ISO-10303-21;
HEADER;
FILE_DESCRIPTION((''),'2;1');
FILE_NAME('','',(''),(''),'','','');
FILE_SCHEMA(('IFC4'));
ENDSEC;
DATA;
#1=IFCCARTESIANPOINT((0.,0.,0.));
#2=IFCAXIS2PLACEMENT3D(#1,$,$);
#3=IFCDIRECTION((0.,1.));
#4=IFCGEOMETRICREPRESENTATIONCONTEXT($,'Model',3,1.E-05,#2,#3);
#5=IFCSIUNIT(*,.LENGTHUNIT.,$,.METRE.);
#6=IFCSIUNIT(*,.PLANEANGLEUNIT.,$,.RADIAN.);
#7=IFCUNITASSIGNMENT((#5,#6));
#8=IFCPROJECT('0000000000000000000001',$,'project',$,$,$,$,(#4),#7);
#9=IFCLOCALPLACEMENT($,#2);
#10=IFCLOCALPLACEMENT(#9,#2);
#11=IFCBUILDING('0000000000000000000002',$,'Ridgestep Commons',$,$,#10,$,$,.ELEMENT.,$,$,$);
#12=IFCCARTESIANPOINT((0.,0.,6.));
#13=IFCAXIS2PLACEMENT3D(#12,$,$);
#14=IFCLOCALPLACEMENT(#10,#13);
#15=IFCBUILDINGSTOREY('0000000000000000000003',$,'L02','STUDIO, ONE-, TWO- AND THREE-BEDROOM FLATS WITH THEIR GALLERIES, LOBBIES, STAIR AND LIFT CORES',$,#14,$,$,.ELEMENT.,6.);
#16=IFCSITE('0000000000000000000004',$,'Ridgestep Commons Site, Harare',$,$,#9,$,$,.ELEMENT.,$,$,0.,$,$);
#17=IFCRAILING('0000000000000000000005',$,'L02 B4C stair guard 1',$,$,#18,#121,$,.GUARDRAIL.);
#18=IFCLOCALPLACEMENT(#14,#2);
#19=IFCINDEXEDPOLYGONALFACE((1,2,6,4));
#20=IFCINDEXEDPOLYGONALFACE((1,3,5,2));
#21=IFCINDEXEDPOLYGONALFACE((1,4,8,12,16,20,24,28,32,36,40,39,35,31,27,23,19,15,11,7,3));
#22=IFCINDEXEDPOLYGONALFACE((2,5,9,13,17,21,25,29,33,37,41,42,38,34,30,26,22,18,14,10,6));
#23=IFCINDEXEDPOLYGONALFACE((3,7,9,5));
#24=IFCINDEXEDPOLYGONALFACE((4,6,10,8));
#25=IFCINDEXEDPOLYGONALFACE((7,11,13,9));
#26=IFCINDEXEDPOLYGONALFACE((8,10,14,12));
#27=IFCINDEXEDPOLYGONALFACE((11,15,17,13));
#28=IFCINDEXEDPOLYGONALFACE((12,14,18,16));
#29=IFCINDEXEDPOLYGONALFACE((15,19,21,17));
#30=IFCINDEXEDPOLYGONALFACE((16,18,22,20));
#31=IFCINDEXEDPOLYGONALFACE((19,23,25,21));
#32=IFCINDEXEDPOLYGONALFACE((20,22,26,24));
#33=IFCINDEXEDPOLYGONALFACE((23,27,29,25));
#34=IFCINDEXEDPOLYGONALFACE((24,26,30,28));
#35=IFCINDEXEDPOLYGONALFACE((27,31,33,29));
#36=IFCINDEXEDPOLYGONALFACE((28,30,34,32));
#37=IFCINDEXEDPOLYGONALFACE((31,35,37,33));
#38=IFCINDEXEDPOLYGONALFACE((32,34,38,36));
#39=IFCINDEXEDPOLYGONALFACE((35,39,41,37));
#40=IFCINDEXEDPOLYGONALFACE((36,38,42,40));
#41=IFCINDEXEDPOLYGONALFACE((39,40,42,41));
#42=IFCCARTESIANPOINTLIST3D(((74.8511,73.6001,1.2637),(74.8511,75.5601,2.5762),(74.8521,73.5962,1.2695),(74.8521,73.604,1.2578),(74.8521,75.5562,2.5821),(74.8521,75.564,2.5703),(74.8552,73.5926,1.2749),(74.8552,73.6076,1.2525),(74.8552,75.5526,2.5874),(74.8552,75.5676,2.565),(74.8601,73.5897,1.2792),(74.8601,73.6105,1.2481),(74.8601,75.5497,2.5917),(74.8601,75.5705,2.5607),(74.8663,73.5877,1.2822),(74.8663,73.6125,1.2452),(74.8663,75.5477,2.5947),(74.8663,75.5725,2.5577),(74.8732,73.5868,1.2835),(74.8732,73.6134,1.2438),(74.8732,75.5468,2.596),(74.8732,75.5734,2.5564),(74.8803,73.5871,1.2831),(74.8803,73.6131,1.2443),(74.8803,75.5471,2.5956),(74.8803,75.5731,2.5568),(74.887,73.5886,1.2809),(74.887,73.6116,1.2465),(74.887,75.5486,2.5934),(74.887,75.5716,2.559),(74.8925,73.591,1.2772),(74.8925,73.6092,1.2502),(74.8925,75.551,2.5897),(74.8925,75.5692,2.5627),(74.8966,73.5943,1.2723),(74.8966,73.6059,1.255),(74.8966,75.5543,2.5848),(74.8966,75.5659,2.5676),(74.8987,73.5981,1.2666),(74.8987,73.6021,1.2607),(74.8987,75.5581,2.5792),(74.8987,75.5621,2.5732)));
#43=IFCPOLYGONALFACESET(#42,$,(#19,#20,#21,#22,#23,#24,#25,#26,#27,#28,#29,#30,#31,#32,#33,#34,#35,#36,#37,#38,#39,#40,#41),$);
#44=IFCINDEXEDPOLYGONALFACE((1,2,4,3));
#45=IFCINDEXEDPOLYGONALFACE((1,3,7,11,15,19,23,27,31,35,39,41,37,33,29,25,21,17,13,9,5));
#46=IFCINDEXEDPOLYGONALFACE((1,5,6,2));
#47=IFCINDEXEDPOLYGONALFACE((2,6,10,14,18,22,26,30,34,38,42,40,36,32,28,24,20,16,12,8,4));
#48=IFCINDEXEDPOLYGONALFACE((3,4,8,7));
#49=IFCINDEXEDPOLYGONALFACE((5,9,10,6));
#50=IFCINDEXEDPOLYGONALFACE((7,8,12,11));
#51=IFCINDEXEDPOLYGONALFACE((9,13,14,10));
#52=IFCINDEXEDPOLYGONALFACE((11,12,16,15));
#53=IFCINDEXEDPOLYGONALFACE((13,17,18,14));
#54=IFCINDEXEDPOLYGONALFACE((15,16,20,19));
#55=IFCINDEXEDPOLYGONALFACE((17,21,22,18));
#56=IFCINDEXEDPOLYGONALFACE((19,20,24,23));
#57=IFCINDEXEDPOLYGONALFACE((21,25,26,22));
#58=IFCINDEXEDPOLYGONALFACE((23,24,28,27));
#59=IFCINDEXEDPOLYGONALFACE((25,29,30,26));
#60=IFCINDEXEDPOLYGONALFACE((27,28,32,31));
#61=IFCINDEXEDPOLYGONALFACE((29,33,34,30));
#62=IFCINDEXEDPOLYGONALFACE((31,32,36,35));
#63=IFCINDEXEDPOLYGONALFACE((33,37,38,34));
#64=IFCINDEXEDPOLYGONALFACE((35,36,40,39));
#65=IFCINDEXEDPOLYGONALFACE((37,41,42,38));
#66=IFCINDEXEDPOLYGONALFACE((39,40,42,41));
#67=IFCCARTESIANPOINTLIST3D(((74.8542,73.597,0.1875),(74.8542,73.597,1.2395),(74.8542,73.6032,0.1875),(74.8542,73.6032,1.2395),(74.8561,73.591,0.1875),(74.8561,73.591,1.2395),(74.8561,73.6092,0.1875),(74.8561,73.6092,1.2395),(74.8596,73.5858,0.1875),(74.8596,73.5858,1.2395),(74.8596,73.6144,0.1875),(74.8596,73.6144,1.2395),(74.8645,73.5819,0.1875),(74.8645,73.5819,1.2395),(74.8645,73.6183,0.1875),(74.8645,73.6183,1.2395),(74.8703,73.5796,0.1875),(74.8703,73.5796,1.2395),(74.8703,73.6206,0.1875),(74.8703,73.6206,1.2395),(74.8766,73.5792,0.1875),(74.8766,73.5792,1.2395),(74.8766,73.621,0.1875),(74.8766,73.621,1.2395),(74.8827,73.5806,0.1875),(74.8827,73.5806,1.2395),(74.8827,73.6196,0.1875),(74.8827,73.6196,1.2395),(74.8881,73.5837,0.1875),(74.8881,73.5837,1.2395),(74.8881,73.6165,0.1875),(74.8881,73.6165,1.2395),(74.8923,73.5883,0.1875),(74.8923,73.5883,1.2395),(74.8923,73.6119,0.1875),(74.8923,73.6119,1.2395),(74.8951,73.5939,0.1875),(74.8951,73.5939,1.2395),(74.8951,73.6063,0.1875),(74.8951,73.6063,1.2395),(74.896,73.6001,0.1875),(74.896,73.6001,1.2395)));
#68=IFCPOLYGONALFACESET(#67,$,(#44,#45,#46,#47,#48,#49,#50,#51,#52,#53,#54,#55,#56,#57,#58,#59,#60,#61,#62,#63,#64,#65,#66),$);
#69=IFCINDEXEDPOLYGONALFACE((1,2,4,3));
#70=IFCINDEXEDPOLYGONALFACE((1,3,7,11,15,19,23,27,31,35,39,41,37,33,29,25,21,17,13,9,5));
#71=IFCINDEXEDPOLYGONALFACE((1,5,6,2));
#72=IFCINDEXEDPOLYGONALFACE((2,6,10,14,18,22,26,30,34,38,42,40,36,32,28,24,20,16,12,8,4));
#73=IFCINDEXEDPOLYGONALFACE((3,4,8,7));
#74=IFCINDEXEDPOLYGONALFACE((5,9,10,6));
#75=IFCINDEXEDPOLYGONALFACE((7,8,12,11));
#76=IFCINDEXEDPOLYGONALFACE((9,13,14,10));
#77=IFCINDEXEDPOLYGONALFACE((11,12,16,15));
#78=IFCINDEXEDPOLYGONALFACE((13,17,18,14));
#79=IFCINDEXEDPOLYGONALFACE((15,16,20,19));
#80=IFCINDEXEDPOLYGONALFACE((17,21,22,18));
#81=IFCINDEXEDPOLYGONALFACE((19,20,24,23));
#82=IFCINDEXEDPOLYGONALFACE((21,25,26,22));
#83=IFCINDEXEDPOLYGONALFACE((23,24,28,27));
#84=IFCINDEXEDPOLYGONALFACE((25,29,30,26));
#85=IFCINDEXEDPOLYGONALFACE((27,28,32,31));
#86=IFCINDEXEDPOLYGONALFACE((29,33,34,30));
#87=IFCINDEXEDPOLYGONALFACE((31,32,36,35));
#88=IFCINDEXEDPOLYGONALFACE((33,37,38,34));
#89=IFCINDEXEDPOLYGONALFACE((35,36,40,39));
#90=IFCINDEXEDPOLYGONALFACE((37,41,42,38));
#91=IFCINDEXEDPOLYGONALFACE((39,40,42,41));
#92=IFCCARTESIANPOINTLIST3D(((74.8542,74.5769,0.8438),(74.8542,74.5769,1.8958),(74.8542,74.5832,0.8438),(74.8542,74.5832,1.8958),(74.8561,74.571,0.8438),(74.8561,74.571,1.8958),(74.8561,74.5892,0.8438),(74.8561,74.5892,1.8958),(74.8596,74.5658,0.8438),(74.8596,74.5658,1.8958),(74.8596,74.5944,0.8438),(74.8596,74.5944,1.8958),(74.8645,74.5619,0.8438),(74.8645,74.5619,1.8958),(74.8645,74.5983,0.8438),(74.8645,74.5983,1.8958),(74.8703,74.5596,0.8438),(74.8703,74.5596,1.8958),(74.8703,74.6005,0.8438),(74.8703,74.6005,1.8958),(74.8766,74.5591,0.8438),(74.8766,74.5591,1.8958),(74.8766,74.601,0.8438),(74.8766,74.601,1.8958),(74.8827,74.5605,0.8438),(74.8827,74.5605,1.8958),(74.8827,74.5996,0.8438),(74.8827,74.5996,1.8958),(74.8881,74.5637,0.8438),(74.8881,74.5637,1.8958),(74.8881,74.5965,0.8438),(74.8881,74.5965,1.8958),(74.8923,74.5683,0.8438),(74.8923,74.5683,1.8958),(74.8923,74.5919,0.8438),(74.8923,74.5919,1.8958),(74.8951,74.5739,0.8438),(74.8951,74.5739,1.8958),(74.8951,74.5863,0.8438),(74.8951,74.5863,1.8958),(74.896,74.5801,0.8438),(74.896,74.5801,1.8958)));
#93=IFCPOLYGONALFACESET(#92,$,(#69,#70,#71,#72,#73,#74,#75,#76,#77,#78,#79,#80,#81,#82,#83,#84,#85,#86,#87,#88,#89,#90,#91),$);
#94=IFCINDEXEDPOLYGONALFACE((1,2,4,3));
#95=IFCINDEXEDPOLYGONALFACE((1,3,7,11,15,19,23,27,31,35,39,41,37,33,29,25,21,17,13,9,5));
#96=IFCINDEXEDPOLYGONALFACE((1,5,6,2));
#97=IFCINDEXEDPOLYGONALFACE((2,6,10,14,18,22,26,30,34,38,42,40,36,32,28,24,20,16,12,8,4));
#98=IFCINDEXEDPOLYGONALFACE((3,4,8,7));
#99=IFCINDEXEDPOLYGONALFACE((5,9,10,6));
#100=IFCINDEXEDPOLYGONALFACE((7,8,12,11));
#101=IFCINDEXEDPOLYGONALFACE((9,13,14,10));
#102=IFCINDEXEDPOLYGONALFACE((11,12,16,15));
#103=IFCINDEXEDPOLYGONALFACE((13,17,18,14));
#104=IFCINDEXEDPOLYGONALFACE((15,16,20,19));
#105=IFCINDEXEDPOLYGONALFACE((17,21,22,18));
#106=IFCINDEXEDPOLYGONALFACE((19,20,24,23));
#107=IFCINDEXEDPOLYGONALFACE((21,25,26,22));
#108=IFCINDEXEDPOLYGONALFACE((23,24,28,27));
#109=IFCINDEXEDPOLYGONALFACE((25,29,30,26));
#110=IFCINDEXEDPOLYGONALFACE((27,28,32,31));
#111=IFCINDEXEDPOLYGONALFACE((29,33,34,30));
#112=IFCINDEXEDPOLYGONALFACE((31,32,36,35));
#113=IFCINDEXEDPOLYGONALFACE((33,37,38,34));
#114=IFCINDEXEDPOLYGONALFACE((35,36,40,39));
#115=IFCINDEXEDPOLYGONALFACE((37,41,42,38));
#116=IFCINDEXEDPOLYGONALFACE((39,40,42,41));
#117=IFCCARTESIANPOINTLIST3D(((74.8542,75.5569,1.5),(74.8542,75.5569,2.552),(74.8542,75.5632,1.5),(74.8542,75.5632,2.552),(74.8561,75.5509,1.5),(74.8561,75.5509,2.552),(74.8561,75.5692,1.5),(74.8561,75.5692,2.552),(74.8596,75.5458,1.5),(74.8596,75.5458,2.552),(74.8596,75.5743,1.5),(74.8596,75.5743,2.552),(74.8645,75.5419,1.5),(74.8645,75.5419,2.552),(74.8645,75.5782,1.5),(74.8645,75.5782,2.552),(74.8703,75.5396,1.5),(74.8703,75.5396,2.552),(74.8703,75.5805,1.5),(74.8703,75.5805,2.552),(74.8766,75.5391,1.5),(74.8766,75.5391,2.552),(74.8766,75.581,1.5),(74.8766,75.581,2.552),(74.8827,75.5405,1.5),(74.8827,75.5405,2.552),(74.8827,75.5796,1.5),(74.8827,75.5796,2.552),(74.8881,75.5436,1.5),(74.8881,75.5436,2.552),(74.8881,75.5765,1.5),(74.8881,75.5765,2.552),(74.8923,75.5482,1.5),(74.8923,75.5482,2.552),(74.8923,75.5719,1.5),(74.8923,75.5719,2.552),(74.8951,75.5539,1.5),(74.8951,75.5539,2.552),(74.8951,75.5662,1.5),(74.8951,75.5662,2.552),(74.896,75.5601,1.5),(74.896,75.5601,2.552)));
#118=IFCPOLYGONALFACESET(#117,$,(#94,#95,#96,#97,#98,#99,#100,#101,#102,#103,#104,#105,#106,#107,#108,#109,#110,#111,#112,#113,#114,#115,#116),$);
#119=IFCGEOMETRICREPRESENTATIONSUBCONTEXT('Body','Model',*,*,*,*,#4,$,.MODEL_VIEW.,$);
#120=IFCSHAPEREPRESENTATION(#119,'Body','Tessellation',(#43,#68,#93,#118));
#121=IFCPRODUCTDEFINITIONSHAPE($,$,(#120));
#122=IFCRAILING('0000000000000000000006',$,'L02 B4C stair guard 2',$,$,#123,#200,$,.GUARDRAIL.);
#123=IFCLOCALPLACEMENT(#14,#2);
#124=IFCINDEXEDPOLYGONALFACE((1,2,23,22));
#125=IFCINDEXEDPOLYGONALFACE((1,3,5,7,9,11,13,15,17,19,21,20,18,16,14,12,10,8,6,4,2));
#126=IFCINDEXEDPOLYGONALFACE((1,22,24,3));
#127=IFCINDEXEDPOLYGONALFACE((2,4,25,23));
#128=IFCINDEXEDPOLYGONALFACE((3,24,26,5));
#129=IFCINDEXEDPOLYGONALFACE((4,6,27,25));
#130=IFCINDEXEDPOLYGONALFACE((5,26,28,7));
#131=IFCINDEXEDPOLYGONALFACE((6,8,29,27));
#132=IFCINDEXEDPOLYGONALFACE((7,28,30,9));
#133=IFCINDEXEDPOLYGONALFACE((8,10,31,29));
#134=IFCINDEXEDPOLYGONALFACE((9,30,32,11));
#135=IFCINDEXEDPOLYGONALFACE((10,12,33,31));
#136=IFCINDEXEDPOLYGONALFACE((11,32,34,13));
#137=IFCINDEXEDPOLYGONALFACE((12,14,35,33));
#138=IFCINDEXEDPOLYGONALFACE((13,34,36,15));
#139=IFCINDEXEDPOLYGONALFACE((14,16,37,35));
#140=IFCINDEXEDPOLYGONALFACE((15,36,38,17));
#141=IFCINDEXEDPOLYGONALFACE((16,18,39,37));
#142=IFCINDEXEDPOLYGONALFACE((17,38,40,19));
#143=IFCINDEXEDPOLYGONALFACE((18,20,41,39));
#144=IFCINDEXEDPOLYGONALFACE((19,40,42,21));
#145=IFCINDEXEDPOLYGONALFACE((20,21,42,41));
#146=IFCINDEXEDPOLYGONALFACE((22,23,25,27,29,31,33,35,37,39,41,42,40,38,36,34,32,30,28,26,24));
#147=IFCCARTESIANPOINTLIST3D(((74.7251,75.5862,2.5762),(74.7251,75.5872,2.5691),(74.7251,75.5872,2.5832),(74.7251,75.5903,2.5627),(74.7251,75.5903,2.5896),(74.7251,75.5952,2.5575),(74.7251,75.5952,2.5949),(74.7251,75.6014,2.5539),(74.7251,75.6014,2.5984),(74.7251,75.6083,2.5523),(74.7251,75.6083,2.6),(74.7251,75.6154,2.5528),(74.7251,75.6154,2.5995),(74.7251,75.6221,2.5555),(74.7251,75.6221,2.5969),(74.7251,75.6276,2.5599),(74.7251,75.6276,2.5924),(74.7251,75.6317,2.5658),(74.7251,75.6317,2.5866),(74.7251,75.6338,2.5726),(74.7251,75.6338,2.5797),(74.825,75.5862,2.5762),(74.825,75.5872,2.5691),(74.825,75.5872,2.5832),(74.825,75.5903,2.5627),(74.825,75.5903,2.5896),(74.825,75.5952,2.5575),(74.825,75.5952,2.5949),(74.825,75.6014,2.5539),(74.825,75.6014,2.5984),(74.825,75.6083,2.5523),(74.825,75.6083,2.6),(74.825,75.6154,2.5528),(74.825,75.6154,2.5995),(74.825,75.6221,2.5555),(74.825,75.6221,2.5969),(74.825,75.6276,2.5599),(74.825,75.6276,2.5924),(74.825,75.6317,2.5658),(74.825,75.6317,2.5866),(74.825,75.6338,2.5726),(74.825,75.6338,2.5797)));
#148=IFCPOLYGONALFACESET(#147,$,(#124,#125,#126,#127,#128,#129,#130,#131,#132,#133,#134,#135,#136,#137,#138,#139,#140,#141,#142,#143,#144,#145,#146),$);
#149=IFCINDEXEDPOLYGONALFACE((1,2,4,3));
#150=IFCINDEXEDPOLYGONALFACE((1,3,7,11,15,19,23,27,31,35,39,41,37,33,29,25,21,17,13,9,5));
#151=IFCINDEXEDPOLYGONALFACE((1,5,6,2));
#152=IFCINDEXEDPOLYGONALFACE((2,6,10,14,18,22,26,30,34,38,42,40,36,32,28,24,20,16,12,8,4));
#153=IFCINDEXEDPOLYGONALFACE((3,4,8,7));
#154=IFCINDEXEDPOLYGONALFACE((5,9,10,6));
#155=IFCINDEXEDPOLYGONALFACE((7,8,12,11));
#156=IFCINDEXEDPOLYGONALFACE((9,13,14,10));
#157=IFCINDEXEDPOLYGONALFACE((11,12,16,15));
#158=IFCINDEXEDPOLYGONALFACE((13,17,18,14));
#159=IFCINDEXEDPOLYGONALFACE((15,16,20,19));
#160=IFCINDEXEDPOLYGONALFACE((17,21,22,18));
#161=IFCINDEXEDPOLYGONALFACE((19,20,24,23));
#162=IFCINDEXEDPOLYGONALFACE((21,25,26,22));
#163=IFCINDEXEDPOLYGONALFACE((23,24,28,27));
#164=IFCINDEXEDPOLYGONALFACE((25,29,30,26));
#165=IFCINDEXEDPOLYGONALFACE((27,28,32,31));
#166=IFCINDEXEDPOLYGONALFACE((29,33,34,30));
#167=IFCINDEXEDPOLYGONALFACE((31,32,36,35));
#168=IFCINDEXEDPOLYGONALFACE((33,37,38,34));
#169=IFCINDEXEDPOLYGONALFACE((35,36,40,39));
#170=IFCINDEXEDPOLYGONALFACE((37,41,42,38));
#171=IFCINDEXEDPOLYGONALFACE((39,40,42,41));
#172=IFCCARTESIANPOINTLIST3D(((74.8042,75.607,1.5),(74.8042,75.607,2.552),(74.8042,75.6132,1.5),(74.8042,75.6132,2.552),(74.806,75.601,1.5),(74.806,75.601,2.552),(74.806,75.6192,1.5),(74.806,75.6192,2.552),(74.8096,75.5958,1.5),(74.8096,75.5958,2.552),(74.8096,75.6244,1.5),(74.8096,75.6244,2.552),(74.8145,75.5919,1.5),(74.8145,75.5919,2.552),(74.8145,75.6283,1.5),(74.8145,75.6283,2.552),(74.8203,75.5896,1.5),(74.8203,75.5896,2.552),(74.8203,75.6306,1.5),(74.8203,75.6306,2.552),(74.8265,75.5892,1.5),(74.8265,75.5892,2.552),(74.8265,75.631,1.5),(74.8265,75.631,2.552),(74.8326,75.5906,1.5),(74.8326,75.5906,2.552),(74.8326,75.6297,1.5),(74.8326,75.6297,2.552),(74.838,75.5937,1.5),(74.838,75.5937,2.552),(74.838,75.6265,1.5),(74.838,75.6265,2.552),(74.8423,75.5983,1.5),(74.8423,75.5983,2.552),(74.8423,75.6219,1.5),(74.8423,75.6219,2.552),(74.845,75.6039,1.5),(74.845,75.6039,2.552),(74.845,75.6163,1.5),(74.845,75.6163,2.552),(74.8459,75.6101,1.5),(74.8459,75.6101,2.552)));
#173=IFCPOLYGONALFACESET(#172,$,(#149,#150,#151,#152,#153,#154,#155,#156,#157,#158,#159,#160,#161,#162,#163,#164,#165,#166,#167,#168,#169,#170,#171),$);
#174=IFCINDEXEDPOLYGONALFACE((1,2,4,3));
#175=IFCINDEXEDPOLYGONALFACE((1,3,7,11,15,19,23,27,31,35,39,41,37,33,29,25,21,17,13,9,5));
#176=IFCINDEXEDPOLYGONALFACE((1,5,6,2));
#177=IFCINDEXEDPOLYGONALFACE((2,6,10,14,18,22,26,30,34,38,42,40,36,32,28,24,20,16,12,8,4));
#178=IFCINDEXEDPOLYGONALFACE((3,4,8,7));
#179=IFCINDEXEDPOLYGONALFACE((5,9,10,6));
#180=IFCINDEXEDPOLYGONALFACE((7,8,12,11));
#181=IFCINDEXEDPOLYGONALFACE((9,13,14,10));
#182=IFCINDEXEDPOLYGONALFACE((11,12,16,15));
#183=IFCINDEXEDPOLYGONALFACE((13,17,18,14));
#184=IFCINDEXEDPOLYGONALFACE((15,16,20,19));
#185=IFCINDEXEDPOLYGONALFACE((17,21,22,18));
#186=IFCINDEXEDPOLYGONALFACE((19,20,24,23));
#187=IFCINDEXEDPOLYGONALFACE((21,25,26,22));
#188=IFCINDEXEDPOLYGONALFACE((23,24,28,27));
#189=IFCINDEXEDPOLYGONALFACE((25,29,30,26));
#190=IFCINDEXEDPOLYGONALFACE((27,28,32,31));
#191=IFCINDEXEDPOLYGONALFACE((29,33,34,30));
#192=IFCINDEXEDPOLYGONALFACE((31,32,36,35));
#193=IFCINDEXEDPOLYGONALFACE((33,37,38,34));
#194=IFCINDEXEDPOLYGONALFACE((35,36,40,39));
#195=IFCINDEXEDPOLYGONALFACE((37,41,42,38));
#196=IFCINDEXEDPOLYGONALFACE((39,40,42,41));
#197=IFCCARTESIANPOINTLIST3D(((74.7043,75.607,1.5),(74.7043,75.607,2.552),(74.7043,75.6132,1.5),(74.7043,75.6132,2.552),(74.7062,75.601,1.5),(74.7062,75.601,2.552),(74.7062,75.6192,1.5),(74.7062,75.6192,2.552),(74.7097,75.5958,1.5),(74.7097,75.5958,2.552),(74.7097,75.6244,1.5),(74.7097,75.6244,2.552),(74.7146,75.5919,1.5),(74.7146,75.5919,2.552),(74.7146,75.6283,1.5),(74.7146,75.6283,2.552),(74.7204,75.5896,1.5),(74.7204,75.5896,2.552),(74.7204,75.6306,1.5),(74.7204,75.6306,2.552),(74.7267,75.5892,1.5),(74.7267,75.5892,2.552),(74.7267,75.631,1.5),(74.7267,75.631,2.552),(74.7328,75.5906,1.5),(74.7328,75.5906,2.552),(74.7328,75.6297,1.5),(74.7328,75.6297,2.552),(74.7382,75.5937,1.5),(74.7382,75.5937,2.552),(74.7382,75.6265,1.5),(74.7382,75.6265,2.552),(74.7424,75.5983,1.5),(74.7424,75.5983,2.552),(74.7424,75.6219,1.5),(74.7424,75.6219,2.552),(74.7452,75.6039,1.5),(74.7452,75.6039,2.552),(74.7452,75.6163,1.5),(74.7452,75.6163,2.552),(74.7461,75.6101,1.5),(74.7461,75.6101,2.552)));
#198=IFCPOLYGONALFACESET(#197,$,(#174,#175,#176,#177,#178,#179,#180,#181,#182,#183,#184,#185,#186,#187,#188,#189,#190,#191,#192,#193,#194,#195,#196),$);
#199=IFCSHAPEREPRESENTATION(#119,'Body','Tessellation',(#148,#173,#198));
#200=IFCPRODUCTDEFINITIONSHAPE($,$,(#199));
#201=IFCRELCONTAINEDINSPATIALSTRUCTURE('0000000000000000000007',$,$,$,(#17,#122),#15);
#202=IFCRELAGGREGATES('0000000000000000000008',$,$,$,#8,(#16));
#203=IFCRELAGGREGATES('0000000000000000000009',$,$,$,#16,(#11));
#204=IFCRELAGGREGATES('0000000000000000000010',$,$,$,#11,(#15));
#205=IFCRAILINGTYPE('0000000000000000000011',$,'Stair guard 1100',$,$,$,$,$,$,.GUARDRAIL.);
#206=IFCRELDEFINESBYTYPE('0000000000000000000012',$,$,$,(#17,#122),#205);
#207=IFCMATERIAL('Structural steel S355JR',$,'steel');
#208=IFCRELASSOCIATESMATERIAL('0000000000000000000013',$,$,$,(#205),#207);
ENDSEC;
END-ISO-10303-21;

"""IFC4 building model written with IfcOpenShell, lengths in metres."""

from ifc_helpers import new_model, si_unit, direction, frame, origin, origin_2d, place, context, subcontext, project, spatial, circle, extrude, material, type_object, element, save


model = new_model("IFC4")

# Units and contexts
model_context = context("Model", 3, precision=1e-05, world=origin(), true_north=direction((0.0, 1.0)))
body_context = subcontext(model_context, "Body", "Model", "MODEL_VIEW")
ifc_project = project(units=[si_unit("LENGTHUNIT", "METRE"), si_unit("PLANEANGLEUNIT", "RADIAN")], contexts=[model_context])

# Site, building, storey
site_placement = place(None, origin())
site = spatial("IfcSite", under=ifc_project, at=site_placement, Name="Ridgestep Commons Site, Harare", CompositionType="ELEMENT", RefElevation=0.0)
building_placement = place(site_placement, origin())
building = spatial("IfcBuilding", under=site, at=building_placement, Name="Ridgestep Commons", CompositionType="ELEMENT")
storey_placement = place(building_placement, frame((0.0, 0.0, 6.0)))
storey = spatial("IfcBuildingStorey", under=building, at=storey_placement, Name="L02", Description="STUDIO, ONE-, TWO- AND THREE-BEDROOM FLATS WITH THEIR GALLERIES, LOBBIES, STAIR AND LIFT CORES", CompositionType="ELEMENT", Elevation=6.0)

# Railings
ifc_material_1 = material(Name="Structural steel S355JR", Category="steel")
railing_type_1 = type_object("IfcRailingType", Name="Stair guard 1100", PredefinedType="GUARDRAIL", material=ifc_material_1)
railing_1_placement = place(storey_placement, frame((74.875, 73.6001, 0.1875)))
element("IfcRailing", 1, at=railing_1_placement, inside=storey, type_object=railing_type_1, Name="L02 B4C stair guard 1", PredefinedType="GUARDRAIL", context=body_context, shape_type="SweptSolid", body=[
    extrude(circle(Radius=0.0239, at=origin_2d()), frame((0.0, 0.0, 1.0762), z_axis=(0.0, 0.830902, 0.556419), x_axis=(-1.0, 0.0, 0.0)), (0.0, 0.0, 1.0), 2.3589),
    extrude(circle(Radius=0.021, at=origin_2d()), origin(), (0.0, 0.0, 1.0), 1.052),
    extrude(circle(Radius=0.021, at=origin_2d()), frame((0.0, 0.98, 0.6562)), (0.0, 0.0, 1.0), 1.052),
    extrude(circle(Radius=0.021, at=origin_2d()), frame((0.0, 1.96, 1.3125)), (0.0, 0.0, 1.0), 1.052),
])
railing_2_placement = place(storey_placement, frame((74.825, 75.6101, 1.5)))
element("IfcRailing", 2, at=railing_2_placement, inside=storey, type_object=railing_type_1, Name="L02 B4C stair guard 2", PredefinedType="GUARDRAIL", context=body_context, shape_type="SweptSolid", body=[
    extrude(circle(Radius=0.0239, at=origin_2d()), frame((0.0, 0.0, 1.0762), z_axis=(-1.0, 0.0, 0.0), x_axis=(0.0, -1.0, 0.0)), (0.0, 0.0, 1.0), 0.0999),
    extrude(circle(Radius=0.021, at=origin_2d()), origin(), (0.0, 0.0, 1.0), 1.052),
    extrude(circle(Radius=0.021, at=origin_2d()), frame((-0.0999, 0.0, 0.0)), (0.0, 0.0, 1.0), 1.052),
])

save(model, "model.ifc")
